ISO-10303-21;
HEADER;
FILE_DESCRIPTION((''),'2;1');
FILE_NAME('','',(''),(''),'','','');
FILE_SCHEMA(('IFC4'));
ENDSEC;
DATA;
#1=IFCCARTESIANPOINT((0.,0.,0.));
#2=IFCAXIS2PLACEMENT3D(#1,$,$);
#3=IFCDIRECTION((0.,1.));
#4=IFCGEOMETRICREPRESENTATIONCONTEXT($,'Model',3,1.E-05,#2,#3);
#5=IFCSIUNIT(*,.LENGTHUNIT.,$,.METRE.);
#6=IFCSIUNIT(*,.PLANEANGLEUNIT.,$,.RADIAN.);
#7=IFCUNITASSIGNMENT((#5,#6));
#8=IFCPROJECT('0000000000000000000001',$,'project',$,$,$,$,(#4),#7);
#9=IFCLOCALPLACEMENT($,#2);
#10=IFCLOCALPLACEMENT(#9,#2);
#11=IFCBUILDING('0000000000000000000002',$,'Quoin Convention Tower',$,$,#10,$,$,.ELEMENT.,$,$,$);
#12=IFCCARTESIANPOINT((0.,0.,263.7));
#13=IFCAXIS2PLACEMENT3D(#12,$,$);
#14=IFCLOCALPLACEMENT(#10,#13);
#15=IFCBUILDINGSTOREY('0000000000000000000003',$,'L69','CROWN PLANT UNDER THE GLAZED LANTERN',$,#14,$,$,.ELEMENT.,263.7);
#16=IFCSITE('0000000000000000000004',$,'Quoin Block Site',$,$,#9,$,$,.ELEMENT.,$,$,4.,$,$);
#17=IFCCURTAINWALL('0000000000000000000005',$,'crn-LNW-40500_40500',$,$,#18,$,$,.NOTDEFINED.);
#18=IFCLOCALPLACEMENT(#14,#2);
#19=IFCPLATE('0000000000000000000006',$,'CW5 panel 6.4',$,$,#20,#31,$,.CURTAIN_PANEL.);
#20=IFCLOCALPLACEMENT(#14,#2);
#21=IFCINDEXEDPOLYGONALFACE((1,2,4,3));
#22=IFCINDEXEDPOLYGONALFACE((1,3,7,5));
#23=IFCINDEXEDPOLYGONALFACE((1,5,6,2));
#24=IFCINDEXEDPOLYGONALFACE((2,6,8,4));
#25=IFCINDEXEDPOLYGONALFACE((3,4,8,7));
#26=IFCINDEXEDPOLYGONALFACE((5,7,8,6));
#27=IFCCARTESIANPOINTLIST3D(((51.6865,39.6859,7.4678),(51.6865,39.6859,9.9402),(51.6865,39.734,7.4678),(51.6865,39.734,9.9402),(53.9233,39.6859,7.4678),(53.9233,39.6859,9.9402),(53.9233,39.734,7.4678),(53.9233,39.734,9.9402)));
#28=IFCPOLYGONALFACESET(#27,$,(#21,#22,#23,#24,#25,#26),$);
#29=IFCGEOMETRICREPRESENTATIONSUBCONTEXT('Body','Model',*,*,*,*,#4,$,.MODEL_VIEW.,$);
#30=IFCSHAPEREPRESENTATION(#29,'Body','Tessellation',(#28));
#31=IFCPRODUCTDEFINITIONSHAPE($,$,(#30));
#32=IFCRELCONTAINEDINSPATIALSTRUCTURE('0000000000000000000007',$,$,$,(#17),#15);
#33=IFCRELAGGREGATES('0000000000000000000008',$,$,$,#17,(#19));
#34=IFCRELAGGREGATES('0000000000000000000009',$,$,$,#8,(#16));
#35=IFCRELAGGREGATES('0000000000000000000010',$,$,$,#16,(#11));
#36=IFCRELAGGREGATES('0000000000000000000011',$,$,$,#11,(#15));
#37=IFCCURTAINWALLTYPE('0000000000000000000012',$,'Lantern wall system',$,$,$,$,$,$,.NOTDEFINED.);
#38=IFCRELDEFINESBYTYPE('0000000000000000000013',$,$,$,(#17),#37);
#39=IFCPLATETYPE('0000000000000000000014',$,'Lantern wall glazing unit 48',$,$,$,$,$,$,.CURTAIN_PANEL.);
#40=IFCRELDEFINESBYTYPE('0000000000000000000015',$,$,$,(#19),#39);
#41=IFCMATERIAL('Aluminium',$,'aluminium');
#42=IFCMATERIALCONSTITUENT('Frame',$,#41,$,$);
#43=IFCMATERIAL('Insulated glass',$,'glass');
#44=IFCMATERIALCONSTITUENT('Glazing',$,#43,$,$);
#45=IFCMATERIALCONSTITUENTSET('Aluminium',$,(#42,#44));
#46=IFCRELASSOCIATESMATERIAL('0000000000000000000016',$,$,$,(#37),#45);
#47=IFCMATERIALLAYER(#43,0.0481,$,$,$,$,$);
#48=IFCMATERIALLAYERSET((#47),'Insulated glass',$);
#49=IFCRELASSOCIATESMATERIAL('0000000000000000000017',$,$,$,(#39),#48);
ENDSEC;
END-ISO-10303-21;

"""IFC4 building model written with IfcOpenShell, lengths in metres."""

from ifc_helpers import new_model, si_unit, direction, frame, origin, origin_2d, place, context, subcontext, project, spatial, rectangle, extrude, material, layer, layer_set, constituent, constituent_set, type_object, element, aggregate, save


model = new_model("IFC4")

# Units and contexts
model_context = context("Model", 3, precision=1e-05, world=origin(), true_north=direction((0.0, 1.0)))
body_context = subcontext(model_context, "Body", "Model", "MODEL_VIEW")
ifc_project = project(units=[si_unit("LENGTHUNIT", "METRE"), si_unit("PLANEANGLEUNIT", "RADIAN")], contexts=[model_context])

# Site, building, storey
site_placement = place(None, origin())
site = spatial("IfcSite", under=ifc_project, at=site_placement, Name="Quoin Block Site", CompositionType="ELEMENT", RefElevation=4.0)
building_placement = place(site_placement, origin())
building = spatial("IfcBuilding", under=site, at=building_placement, Name="Quoin Convention Tower", CompositionType="ELEMENT")
storey_placement = place(building_placement, frame((0.0, 0.0, 263.7)))
storey = spatial("IfcBuildingStorey", under=building, at=storey_placement, Name="L69", Description="CROWN PLANT UNDER THE GLAZED LANTERN", CompositionType="ELEMENT", Elevation=263.7)

# Curtain wall, plate
ifc_material_1 = material(Name="Aluminium", Category="aluminium")
ifc_constituent_1 = constituent(ifc_material_1, Name="Frame")
ifc_material_2 = material(Name="Insulated glass", Category="glass")
ifc_constituent_2 = constituent(ifc_material_2, Name="Glazing")
ifc_constituent_set = constituent_set(constituents=[ifc_constituent_1, ifc_constituent_2], Name="Aluminium")
curtain_wall_type = type_object("IfcCurtainWallType", Name="Lantern wall system", PredefinedType="NOTDEFINED", material=ifc_constituent_set)
curtain_wall_placement = place(storey_placement, origin())
curtain_wall = element("IfcCurtainWall", 1, at=curtain_wall_placement, inside=storey, type_object=curtain_wall_type, Name="crn-LNW-40500_40500", PredefinedType="NOTDEFINED")
ifc_layer = layer(ifc_material_2, 0.0481)
ifc_layer_set = layer_set([ifc_layer], Name="Insulated glass")
plate_type = type_object("IfcPlateType", Name="Lantern wall glazing unit 48", PredefinedType="CURTAIN_PANEL", material=ifc_layer_set)
plate_1_placement = place(storey_placement, frame((52.8049, 39.71, 7.4678), z_axis=(0.0, 0.0, 1.0), x_axis=(1.0, 0.0, 0.0)))
plate_1 = element("IfcPlate", 2, at=plate_1_placement, type_object=plate_type, Name="CW5 panel 6.4", PredefinedType="CURTAIN_PANEL", context=body_context, shape_type="SweptSolid", body=[
    extrude(rectangle(XDim=2.2368, YDim=0.0481, at=origin_2d()), origin(), (0.0, 0.0, 1.0), 2.4724),
])
aggregate(curtain_wall, [plate_1])

save(model, "model.ifc")
